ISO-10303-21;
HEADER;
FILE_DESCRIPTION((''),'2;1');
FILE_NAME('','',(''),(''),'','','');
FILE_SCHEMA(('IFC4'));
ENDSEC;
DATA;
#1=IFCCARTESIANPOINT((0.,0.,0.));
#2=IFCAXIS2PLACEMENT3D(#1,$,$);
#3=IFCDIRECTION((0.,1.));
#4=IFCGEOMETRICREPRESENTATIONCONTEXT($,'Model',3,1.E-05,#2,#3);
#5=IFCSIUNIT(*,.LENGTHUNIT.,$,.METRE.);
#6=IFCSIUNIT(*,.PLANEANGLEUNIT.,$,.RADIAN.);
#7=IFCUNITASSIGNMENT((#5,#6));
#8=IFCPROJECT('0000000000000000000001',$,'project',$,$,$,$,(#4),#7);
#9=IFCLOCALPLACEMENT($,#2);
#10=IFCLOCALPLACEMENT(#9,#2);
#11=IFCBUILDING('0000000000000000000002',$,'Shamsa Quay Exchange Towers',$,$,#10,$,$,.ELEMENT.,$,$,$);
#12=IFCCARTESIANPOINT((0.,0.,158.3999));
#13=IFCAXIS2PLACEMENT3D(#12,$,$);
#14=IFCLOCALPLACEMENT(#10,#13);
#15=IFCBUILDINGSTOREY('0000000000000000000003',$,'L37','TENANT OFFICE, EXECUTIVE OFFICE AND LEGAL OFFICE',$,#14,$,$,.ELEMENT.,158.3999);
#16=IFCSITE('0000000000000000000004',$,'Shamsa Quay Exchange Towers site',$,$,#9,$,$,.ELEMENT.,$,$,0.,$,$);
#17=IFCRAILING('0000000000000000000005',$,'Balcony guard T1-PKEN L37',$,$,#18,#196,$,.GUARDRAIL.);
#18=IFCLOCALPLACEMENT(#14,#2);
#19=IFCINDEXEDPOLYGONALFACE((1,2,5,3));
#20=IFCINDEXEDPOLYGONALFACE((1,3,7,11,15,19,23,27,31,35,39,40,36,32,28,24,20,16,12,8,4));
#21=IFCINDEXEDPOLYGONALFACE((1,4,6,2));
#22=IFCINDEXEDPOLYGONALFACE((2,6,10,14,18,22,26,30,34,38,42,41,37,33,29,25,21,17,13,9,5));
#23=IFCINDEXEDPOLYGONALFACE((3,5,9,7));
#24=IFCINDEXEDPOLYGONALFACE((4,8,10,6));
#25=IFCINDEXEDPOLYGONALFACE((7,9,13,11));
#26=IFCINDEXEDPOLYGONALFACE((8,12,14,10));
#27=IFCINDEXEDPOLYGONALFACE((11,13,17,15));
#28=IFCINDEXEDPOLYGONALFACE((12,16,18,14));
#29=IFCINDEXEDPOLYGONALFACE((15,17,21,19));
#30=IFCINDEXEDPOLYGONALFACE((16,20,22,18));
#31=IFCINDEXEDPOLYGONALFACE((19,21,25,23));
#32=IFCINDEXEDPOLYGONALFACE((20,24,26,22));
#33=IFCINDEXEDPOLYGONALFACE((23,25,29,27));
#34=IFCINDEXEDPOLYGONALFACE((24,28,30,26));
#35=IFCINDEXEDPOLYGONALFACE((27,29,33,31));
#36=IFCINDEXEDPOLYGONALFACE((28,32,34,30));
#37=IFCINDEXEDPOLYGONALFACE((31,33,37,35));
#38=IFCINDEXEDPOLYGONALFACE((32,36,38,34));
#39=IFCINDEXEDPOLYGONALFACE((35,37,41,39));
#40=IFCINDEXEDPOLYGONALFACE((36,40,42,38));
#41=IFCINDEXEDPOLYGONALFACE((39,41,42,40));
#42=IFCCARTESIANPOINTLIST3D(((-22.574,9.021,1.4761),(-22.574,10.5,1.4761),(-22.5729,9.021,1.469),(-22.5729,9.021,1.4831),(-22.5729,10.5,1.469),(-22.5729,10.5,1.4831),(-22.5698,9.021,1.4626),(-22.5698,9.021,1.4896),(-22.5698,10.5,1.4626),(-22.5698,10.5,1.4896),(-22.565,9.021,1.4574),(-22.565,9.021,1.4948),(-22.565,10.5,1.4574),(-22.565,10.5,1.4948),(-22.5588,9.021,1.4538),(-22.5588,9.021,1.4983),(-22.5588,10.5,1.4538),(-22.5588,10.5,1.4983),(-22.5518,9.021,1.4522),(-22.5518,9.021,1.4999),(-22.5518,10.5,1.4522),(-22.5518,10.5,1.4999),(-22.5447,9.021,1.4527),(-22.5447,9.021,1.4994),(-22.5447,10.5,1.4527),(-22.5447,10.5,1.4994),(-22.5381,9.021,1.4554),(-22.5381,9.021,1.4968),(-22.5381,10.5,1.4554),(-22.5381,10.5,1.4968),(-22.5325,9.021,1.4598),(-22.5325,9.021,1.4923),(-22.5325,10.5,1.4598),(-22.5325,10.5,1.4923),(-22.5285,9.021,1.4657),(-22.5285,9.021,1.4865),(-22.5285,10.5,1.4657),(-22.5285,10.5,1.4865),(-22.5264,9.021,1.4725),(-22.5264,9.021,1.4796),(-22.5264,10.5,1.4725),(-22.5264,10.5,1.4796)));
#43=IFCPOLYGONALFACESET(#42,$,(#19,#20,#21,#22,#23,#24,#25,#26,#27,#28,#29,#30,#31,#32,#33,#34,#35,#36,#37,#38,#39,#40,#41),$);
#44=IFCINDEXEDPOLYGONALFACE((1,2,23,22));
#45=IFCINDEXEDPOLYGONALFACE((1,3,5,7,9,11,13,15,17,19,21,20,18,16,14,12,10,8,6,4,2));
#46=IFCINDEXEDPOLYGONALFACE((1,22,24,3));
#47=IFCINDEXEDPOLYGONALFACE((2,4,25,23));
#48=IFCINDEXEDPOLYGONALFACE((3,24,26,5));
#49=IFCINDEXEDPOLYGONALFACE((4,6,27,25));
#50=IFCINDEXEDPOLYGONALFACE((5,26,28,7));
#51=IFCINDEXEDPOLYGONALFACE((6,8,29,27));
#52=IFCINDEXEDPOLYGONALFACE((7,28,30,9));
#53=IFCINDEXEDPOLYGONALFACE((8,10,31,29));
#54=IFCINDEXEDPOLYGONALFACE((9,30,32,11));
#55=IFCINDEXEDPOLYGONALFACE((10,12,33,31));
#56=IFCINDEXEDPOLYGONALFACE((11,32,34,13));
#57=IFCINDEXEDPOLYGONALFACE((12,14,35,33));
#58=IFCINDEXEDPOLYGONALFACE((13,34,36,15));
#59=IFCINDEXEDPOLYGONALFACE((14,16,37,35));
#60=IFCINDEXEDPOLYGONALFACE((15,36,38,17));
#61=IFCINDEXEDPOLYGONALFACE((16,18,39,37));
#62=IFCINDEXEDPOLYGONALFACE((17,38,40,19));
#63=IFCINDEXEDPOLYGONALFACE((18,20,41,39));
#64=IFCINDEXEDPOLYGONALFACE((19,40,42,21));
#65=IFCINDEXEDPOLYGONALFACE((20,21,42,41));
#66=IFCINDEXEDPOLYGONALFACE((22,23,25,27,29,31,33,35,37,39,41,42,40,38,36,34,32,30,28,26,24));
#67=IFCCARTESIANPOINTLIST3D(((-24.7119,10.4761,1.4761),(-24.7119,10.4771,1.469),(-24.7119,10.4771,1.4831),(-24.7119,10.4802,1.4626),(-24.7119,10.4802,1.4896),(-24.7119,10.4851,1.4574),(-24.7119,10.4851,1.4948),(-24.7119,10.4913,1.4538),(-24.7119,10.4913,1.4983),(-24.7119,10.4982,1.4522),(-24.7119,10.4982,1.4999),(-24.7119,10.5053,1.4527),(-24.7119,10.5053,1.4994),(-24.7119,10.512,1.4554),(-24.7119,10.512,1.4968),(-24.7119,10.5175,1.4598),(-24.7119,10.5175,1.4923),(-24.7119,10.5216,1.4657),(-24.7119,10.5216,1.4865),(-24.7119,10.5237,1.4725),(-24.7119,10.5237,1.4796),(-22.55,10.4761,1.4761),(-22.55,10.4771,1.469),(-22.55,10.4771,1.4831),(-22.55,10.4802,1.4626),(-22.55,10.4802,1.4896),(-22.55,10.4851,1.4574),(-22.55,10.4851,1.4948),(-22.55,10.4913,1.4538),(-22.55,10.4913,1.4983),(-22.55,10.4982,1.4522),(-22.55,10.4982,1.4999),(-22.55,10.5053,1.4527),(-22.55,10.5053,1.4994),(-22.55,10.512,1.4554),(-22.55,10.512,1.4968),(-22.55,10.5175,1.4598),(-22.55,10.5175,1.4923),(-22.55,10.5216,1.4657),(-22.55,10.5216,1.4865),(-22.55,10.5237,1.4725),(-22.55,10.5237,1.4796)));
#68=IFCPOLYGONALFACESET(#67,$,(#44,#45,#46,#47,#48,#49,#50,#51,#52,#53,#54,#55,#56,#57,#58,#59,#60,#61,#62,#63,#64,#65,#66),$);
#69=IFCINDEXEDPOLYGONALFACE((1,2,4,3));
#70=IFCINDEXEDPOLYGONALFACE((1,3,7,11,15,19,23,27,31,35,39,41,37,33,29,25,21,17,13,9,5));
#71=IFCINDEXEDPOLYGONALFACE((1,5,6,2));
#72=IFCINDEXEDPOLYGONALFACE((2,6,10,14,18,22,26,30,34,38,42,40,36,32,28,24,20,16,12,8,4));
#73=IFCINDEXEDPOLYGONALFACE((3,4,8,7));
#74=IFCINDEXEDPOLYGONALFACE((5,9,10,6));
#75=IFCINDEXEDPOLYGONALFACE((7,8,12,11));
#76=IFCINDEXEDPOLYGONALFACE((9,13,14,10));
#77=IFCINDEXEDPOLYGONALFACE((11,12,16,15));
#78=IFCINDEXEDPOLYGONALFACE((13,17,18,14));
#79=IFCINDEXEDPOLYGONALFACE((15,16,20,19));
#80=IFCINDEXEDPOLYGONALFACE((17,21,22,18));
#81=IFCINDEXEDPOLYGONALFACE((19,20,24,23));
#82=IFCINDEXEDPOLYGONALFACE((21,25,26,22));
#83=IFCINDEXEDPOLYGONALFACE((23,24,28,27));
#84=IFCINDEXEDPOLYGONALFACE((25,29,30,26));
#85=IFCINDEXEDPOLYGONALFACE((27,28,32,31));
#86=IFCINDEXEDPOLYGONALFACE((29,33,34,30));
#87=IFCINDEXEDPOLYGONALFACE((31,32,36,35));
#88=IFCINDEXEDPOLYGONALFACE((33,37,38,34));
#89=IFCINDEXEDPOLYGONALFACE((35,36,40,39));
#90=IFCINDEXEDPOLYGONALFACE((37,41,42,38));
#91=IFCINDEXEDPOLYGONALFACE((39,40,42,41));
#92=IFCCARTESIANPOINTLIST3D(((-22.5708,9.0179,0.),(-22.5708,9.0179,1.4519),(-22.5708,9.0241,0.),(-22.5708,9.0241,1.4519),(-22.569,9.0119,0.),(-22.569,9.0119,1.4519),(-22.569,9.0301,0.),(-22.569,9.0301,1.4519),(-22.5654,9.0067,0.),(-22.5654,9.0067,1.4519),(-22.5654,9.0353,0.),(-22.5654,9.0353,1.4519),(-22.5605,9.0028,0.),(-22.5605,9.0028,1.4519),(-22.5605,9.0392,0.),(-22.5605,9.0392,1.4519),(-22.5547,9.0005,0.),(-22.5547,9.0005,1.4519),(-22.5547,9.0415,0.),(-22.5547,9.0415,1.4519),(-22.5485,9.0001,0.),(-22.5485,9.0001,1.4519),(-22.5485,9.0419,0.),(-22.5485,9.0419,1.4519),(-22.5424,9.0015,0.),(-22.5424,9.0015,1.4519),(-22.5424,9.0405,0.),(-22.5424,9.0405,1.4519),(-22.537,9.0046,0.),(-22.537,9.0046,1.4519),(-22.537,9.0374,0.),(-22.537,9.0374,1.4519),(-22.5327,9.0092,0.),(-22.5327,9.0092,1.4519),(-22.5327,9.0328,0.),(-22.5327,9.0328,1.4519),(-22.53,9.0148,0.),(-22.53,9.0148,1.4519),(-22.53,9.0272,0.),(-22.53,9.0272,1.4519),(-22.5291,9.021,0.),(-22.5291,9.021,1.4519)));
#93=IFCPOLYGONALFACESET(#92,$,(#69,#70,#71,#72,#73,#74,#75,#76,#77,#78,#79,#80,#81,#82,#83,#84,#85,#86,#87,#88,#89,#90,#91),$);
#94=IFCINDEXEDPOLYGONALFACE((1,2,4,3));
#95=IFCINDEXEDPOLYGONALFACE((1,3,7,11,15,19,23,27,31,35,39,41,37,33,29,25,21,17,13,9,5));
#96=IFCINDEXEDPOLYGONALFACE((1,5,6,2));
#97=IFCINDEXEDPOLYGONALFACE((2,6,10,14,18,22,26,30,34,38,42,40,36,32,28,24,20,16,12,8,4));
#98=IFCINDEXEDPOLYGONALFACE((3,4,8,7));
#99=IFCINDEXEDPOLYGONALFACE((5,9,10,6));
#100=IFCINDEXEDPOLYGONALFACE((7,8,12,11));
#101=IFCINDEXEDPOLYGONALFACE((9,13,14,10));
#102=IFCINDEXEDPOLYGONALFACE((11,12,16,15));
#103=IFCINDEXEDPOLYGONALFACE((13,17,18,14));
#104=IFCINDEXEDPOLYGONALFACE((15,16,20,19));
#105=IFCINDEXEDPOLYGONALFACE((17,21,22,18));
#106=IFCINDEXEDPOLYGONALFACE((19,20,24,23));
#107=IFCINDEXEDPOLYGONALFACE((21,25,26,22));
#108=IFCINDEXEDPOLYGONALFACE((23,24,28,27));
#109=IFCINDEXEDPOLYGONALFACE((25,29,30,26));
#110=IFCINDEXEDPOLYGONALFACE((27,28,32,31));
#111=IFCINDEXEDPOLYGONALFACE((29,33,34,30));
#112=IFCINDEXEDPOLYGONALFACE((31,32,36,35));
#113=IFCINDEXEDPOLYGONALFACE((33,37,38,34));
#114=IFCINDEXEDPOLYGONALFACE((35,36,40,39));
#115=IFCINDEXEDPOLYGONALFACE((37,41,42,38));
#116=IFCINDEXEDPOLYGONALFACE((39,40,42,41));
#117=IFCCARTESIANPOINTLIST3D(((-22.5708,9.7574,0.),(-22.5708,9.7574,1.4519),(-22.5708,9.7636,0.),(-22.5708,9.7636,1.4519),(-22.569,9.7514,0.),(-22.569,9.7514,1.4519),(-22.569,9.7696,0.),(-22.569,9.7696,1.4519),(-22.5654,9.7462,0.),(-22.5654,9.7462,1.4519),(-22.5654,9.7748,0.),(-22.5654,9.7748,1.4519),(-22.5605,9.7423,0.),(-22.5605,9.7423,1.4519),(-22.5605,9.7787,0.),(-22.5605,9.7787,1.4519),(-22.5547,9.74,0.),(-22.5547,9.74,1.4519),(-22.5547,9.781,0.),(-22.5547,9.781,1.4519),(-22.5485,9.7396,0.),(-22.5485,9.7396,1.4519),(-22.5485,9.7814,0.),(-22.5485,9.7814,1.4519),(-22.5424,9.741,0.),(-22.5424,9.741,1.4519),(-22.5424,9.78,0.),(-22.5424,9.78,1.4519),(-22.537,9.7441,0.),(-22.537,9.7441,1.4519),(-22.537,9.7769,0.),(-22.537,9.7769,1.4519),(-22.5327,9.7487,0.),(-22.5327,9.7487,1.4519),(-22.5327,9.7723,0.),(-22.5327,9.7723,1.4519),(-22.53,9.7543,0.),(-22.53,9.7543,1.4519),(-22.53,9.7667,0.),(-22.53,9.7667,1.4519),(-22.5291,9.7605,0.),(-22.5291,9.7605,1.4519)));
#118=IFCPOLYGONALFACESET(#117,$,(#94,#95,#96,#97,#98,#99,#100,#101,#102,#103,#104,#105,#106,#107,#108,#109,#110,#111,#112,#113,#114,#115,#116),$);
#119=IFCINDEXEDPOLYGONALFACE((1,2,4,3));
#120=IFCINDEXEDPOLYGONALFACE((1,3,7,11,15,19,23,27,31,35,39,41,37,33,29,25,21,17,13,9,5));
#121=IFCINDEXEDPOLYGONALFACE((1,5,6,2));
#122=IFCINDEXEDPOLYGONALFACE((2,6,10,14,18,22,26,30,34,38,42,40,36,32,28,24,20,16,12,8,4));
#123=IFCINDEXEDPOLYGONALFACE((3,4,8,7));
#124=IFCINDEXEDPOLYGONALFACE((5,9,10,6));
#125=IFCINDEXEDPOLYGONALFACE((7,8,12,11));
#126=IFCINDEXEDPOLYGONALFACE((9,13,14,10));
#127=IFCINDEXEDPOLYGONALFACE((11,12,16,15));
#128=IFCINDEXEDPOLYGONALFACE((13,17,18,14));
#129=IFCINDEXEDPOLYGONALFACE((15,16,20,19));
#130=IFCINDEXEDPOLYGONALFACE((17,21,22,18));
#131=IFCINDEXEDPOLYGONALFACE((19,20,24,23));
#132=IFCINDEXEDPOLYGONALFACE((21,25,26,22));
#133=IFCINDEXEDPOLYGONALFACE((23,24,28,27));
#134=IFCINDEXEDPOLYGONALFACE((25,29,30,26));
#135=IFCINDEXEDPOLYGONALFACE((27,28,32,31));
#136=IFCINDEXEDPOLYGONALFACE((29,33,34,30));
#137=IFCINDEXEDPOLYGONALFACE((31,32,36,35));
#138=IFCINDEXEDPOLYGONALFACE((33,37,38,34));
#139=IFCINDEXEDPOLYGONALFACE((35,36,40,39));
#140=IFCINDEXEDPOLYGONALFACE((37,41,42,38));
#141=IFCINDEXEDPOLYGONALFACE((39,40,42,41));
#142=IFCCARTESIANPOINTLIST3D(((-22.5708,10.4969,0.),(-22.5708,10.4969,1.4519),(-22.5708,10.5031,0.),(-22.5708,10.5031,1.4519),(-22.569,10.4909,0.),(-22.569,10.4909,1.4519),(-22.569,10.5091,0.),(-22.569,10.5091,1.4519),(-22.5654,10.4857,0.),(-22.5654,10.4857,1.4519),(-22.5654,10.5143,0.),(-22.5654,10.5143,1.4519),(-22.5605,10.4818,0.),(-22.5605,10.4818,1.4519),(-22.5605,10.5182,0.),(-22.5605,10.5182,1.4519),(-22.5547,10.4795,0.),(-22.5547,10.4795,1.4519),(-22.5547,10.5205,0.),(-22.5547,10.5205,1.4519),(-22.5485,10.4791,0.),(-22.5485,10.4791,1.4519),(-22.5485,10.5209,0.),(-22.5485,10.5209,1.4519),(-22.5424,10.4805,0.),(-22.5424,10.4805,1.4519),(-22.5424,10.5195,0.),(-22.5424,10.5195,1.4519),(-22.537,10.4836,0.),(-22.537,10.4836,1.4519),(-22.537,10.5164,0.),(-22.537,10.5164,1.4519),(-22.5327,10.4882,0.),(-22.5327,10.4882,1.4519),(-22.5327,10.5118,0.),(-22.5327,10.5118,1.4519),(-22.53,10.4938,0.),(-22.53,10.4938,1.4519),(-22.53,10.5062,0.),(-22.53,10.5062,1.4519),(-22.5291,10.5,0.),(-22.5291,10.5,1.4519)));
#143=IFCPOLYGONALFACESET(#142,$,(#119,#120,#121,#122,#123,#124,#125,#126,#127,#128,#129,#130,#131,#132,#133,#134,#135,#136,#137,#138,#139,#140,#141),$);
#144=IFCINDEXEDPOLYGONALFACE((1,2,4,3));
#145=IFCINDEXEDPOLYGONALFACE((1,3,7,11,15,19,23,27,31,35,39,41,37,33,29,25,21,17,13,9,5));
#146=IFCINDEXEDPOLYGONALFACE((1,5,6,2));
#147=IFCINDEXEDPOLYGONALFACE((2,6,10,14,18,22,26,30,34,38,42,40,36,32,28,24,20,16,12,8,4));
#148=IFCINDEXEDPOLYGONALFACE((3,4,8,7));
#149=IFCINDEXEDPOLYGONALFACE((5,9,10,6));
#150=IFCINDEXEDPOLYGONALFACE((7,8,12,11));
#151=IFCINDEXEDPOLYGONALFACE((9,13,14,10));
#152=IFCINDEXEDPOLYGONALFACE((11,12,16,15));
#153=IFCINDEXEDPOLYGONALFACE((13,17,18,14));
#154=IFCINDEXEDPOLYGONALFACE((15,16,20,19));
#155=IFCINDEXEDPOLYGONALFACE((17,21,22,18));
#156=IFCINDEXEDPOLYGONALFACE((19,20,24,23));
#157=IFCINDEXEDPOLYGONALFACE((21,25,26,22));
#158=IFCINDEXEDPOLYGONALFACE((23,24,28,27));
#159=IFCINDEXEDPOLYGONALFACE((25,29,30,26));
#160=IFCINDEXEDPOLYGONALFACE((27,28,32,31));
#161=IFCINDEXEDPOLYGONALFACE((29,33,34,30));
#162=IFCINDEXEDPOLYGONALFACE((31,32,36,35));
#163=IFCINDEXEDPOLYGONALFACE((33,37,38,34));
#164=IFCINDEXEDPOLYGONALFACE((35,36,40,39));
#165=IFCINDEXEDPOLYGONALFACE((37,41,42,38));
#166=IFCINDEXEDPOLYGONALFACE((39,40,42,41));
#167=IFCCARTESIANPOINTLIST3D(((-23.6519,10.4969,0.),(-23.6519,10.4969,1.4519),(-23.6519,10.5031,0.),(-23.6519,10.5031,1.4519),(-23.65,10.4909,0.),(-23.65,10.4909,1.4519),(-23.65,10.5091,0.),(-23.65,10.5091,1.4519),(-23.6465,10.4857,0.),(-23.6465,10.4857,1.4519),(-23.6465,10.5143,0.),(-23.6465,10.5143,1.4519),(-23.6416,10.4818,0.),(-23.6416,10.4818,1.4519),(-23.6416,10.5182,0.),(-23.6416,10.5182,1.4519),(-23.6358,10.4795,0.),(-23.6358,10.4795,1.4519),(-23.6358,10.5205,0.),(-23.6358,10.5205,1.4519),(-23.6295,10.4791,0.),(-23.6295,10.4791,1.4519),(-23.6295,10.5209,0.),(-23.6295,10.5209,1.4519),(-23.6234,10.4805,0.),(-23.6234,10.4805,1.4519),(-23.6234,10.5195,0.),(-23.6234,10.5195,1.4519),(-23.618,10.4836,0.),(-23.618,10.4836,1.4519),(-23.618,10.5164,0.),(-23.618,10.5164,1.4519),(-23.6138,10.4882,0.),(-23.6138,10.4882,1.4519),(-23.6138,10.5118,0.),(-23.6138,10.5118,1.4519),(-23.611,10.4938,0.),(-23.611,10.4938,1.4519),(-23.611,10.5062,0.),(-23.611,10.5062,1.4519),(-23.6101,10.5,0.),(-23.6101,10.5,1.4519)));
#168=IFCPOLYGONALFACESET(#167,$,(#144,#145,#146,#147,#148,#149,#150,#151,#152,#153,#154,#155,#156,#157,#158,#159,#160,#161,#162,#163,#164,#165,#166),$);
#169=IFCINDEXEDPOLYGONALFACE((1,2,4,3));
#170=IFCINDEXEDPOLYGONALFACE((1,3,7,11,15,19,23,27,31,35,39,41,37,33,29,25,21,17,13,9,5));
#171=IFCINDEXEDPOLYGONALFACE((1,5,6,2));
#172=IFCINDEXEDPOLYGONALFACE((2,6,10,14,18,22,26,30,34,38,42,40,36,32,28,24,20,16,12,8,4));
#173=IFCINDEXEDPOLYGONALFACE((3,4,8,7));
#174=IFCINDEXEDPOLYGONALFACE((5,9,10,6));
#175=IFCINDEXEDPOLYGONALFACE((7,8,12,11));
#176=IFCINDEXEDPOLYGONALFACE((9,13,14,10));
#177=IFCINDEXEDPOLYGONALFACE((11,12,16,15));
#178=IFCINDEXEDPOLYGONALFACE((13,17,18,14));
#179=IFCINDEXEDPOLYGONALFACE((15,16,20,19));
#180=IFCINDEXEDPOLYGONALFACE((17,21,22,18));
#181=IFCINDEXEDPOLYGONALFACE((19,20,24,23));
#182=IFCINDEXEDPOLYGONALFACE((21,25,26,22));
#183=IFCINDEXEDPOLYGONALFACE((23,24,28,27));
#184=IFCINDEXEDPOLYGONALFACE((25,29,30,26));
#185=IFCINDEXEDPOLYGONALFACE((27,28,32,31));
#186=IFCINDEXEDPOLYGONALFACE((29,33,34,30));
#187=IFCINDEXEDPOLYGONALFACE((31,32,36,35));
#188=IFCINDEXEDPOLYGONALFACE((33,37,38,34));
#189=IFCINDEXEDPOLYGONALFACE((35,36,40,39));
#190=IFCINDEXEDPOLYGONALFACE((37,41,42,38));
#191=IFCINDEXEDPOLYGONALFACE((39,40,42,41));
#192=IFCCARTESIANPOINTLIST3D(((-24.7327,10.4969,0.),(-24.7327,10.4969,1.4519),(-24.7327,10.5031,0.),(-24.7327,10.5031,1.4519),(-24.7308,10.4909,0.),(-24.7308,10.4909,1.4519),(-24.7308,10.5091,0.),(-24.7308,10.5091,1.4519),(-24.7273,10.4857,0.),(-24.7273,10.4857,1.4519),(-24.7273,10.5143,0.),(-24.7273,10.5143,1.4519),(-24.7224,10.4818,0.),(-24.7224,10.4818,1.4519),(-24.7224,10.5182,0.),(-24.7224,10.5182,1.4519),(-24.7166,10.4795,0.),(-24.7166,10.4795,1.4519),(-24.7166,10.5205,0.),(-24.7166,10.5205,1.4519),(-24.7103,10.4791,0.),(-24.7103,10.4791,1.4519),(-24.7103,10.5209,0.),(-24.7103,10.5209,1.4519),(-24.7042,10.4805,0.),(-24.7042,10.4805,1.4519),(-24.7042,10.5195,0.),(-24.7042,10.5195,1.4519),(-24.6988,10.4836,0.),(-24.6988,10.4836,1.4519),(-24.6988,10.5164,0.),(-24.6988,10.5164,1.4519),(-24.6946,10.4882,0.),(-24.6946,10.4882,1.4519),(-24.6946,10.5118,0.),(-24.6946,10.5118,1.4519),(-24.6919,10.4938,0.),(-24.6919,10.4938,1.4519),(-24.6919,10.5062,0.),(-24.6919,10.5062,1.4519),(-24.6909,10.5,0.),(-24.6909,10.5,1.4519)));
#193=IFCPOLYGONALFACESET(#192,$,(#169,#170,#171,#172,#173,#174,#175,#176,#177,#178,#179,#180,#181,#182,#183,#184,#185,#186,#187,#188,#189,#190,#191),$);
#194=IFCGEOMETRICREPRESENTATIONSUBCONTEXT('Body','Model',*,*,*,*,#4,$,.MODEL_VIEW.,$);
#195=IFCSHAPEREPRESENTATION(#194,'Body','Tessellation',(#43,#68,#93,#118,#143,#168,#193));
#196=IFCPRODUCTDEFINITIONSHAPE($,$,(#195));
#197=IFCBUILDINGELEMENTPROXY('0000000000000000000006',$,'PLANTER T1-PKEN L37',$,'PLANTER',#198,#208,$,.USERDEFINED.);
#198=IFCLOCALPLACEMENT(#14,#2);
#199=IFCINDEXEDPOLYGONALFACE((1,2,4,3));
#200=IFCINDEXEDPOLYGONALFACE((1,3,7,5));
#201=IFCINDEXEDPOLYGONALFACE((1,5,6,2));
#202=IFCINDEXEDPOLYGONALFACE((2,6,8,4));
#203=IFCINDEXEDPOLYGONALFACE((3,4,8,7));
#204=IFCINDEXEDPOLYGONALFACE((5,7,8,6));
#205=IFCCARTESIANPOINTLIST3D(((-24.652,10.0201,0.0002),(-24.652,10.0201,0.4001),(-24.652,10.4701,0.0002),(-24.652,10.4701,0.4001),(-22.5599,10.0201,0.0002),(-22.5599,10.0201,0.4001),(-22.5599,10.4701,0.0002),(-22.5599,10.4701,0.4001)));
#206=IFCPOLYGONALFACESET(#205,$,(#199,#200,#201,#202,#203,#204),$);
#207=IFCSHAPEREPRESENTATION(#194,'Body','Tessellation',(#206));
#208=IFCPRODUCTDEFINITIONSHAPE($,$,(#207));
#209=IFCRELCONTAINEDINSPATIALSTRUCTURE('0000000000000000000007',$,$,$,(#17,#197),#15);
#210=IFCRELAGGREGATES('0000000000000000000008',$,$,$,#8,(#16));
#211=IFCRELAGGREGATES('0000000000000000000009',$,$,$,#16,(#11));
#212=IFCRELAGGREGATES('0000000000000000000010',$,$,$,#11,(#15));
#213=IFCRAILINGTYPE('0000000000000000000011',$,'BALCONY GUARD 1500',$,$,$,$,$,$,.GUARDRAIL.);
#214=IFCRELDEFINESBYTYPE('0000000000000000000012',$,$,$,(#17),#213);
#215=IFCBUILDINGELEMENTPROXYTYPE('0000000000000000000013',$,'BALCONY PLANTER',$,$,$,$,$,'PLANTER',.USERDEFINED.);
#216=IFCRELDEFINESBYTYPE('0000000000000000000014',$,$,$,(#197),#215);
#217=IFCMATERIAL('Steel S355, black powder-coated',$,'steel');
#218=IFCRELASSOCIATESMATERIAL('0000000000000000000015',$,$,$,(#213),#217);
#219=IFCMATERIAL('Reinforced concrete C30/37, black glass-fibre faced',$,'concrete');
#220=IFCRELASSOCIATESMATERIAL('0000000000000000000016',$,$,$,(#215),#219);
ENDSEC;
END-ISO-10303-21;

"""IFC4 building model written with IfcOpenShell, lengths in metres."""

from ifc_helpers import new_model, si_unit, direction, frame, origin, origin_2d, place, context, subcontext, project, spatial, rectangle, circle, extrude, material, type_object, element, save


model = new_model("IFC4")

# Units and contexts
model_context = context("Model", 3, precision=1e-05, world=origin(), true_north=direction((0.0, 1.0)))
body_context = subcontext(model_context, "Body", "Model", "MODEL_VIEW")
ifc_project = project(units=[si_unit("LENGTHUNIT", "METRE"), si_unit("PLANEANGLEUNIT", "RADIAN")], contexts=[model_context])

# Site, building, storey
site_placement = place(None, origin())
site = spatial("IfcSite", under=ifc_project, at=site_placement, Name="Shamsa Quay Exchange Towers site", CompositionType="ELEMENT", RefElevation=0.0)
building_placement = place(site_placement, origin())
building = spatial("IfcBuilding", under=site, at=building_placement, Name="Shamsa Quay Exchange Towers", CompositionType="ELEMENT")
storey_placement = place(building_placement, frame((0.0, 0.0, 158.3999)))
storey = spatial("IfcBuildingStorey", under=building, at=storey_placement, Name="L37", Description="TENANT OFFICE, EXECUTIVE OFFICE AND LEGAL OFFICE", CompositionType="ELEMENT", Elevation=158.3999)

# Railing
ifc_material_1 = material(Name="Steel S355, black powder-coated", Category="steel")
railing_type = type_object("IfcRailingType", Name="BALCONY GUARD 1500", PredefinedType="GUARDRAIL", material=ifc_material_1)
railing_placement = place(storey_placement, frame((-22.55, 9.021, 0.0)))
element("IfcRailing", 1, at=railing_placement, inside=storey, type_object=railing_type, Name="Balcony guard T1-PKEN L37", PredefinedType="GUARDRAIL", context=body_context, shape_type="SweptSolid", body=[
    extrude(circle(Radius=0.0239, at=origin_2d()), frame((0.0, 0.0, 1.4761), z_axis=(0.0, 1.0, 0.0), x_axis=(-1.0, 0.0, 0.0)), (0.0, 0.0, 1.0), 1.479),
    extrude(circle(Radius=0.0239, at=origin_2d()), frame((0.0, 1.479, 1.4761), z_axis=(-1.0, 0.0, 0.0), x_axis=(0.0, -1.0, 0.0)), (0.0, 0.0, 1.0), 2.1619),
    extrude(circle(Radius=0.021, at=origin_2d()), origin(), (0.0, 0.0, 1.0), 1.4519),
    extrude(circle(Radius=0.021, at=origin_2d()), frame((0.0, 0.7395, 0.0)), (0.0, 0.0, 1.0), 1.4519),
    extrude(circle(Radius=0.021, at=origin_2d()), frame((0.0, 1.479, 0.0)), (0.0, 0.0, 1.0), 1.4519),
    extrude(circle(Radius=0.021, at=origin_2d()), frame((-1.0811, 1.479, 0.0)), (0.0, 0.0, 1.0), 1.4519),
    extrude(circle(Radius=0.021, at=origin_2d()), frame((-2.1619, 1.479, 0.0)), (0.0, 0.0, 1.0), 1.4519),
])

# Building element proxy
ifc_material_2 = material(Name="Reinforced concrete C30/37, black glass-fibre faced", Category="concrete")
building_element_proxy_type = type_object("IfcBuildingElementProxyType", Name="BALCONY PLANTER", ElementType="PLANTER", PredefinedType="USERDEFINED", material=ifc_material_2)
proxy_placement = place(storey_placement, frame((-23.606, 10.2451, 0.0002), z_axis=(0.0, 0.0, 1.0), x_axis=(-1.0, 0.0, 0.0)))
element("IfcBuildingElementProxy", 2, at=proxy_placement, inside=storey, type_object=building_element_proxy_type, Name="PLANTER T1-PKEN L37", ObjectType="PLANTER", PredefinedType="USERDEFINED", context=body_context, shape_type="SweptSolid", body=[
    extrude(rectangle(XDim=2.092, YDim=0.45, at=origin_2d()), origin(), (0.0, 0.0, 1.0), 0.3999),
])

save(model, "model.ifc")
